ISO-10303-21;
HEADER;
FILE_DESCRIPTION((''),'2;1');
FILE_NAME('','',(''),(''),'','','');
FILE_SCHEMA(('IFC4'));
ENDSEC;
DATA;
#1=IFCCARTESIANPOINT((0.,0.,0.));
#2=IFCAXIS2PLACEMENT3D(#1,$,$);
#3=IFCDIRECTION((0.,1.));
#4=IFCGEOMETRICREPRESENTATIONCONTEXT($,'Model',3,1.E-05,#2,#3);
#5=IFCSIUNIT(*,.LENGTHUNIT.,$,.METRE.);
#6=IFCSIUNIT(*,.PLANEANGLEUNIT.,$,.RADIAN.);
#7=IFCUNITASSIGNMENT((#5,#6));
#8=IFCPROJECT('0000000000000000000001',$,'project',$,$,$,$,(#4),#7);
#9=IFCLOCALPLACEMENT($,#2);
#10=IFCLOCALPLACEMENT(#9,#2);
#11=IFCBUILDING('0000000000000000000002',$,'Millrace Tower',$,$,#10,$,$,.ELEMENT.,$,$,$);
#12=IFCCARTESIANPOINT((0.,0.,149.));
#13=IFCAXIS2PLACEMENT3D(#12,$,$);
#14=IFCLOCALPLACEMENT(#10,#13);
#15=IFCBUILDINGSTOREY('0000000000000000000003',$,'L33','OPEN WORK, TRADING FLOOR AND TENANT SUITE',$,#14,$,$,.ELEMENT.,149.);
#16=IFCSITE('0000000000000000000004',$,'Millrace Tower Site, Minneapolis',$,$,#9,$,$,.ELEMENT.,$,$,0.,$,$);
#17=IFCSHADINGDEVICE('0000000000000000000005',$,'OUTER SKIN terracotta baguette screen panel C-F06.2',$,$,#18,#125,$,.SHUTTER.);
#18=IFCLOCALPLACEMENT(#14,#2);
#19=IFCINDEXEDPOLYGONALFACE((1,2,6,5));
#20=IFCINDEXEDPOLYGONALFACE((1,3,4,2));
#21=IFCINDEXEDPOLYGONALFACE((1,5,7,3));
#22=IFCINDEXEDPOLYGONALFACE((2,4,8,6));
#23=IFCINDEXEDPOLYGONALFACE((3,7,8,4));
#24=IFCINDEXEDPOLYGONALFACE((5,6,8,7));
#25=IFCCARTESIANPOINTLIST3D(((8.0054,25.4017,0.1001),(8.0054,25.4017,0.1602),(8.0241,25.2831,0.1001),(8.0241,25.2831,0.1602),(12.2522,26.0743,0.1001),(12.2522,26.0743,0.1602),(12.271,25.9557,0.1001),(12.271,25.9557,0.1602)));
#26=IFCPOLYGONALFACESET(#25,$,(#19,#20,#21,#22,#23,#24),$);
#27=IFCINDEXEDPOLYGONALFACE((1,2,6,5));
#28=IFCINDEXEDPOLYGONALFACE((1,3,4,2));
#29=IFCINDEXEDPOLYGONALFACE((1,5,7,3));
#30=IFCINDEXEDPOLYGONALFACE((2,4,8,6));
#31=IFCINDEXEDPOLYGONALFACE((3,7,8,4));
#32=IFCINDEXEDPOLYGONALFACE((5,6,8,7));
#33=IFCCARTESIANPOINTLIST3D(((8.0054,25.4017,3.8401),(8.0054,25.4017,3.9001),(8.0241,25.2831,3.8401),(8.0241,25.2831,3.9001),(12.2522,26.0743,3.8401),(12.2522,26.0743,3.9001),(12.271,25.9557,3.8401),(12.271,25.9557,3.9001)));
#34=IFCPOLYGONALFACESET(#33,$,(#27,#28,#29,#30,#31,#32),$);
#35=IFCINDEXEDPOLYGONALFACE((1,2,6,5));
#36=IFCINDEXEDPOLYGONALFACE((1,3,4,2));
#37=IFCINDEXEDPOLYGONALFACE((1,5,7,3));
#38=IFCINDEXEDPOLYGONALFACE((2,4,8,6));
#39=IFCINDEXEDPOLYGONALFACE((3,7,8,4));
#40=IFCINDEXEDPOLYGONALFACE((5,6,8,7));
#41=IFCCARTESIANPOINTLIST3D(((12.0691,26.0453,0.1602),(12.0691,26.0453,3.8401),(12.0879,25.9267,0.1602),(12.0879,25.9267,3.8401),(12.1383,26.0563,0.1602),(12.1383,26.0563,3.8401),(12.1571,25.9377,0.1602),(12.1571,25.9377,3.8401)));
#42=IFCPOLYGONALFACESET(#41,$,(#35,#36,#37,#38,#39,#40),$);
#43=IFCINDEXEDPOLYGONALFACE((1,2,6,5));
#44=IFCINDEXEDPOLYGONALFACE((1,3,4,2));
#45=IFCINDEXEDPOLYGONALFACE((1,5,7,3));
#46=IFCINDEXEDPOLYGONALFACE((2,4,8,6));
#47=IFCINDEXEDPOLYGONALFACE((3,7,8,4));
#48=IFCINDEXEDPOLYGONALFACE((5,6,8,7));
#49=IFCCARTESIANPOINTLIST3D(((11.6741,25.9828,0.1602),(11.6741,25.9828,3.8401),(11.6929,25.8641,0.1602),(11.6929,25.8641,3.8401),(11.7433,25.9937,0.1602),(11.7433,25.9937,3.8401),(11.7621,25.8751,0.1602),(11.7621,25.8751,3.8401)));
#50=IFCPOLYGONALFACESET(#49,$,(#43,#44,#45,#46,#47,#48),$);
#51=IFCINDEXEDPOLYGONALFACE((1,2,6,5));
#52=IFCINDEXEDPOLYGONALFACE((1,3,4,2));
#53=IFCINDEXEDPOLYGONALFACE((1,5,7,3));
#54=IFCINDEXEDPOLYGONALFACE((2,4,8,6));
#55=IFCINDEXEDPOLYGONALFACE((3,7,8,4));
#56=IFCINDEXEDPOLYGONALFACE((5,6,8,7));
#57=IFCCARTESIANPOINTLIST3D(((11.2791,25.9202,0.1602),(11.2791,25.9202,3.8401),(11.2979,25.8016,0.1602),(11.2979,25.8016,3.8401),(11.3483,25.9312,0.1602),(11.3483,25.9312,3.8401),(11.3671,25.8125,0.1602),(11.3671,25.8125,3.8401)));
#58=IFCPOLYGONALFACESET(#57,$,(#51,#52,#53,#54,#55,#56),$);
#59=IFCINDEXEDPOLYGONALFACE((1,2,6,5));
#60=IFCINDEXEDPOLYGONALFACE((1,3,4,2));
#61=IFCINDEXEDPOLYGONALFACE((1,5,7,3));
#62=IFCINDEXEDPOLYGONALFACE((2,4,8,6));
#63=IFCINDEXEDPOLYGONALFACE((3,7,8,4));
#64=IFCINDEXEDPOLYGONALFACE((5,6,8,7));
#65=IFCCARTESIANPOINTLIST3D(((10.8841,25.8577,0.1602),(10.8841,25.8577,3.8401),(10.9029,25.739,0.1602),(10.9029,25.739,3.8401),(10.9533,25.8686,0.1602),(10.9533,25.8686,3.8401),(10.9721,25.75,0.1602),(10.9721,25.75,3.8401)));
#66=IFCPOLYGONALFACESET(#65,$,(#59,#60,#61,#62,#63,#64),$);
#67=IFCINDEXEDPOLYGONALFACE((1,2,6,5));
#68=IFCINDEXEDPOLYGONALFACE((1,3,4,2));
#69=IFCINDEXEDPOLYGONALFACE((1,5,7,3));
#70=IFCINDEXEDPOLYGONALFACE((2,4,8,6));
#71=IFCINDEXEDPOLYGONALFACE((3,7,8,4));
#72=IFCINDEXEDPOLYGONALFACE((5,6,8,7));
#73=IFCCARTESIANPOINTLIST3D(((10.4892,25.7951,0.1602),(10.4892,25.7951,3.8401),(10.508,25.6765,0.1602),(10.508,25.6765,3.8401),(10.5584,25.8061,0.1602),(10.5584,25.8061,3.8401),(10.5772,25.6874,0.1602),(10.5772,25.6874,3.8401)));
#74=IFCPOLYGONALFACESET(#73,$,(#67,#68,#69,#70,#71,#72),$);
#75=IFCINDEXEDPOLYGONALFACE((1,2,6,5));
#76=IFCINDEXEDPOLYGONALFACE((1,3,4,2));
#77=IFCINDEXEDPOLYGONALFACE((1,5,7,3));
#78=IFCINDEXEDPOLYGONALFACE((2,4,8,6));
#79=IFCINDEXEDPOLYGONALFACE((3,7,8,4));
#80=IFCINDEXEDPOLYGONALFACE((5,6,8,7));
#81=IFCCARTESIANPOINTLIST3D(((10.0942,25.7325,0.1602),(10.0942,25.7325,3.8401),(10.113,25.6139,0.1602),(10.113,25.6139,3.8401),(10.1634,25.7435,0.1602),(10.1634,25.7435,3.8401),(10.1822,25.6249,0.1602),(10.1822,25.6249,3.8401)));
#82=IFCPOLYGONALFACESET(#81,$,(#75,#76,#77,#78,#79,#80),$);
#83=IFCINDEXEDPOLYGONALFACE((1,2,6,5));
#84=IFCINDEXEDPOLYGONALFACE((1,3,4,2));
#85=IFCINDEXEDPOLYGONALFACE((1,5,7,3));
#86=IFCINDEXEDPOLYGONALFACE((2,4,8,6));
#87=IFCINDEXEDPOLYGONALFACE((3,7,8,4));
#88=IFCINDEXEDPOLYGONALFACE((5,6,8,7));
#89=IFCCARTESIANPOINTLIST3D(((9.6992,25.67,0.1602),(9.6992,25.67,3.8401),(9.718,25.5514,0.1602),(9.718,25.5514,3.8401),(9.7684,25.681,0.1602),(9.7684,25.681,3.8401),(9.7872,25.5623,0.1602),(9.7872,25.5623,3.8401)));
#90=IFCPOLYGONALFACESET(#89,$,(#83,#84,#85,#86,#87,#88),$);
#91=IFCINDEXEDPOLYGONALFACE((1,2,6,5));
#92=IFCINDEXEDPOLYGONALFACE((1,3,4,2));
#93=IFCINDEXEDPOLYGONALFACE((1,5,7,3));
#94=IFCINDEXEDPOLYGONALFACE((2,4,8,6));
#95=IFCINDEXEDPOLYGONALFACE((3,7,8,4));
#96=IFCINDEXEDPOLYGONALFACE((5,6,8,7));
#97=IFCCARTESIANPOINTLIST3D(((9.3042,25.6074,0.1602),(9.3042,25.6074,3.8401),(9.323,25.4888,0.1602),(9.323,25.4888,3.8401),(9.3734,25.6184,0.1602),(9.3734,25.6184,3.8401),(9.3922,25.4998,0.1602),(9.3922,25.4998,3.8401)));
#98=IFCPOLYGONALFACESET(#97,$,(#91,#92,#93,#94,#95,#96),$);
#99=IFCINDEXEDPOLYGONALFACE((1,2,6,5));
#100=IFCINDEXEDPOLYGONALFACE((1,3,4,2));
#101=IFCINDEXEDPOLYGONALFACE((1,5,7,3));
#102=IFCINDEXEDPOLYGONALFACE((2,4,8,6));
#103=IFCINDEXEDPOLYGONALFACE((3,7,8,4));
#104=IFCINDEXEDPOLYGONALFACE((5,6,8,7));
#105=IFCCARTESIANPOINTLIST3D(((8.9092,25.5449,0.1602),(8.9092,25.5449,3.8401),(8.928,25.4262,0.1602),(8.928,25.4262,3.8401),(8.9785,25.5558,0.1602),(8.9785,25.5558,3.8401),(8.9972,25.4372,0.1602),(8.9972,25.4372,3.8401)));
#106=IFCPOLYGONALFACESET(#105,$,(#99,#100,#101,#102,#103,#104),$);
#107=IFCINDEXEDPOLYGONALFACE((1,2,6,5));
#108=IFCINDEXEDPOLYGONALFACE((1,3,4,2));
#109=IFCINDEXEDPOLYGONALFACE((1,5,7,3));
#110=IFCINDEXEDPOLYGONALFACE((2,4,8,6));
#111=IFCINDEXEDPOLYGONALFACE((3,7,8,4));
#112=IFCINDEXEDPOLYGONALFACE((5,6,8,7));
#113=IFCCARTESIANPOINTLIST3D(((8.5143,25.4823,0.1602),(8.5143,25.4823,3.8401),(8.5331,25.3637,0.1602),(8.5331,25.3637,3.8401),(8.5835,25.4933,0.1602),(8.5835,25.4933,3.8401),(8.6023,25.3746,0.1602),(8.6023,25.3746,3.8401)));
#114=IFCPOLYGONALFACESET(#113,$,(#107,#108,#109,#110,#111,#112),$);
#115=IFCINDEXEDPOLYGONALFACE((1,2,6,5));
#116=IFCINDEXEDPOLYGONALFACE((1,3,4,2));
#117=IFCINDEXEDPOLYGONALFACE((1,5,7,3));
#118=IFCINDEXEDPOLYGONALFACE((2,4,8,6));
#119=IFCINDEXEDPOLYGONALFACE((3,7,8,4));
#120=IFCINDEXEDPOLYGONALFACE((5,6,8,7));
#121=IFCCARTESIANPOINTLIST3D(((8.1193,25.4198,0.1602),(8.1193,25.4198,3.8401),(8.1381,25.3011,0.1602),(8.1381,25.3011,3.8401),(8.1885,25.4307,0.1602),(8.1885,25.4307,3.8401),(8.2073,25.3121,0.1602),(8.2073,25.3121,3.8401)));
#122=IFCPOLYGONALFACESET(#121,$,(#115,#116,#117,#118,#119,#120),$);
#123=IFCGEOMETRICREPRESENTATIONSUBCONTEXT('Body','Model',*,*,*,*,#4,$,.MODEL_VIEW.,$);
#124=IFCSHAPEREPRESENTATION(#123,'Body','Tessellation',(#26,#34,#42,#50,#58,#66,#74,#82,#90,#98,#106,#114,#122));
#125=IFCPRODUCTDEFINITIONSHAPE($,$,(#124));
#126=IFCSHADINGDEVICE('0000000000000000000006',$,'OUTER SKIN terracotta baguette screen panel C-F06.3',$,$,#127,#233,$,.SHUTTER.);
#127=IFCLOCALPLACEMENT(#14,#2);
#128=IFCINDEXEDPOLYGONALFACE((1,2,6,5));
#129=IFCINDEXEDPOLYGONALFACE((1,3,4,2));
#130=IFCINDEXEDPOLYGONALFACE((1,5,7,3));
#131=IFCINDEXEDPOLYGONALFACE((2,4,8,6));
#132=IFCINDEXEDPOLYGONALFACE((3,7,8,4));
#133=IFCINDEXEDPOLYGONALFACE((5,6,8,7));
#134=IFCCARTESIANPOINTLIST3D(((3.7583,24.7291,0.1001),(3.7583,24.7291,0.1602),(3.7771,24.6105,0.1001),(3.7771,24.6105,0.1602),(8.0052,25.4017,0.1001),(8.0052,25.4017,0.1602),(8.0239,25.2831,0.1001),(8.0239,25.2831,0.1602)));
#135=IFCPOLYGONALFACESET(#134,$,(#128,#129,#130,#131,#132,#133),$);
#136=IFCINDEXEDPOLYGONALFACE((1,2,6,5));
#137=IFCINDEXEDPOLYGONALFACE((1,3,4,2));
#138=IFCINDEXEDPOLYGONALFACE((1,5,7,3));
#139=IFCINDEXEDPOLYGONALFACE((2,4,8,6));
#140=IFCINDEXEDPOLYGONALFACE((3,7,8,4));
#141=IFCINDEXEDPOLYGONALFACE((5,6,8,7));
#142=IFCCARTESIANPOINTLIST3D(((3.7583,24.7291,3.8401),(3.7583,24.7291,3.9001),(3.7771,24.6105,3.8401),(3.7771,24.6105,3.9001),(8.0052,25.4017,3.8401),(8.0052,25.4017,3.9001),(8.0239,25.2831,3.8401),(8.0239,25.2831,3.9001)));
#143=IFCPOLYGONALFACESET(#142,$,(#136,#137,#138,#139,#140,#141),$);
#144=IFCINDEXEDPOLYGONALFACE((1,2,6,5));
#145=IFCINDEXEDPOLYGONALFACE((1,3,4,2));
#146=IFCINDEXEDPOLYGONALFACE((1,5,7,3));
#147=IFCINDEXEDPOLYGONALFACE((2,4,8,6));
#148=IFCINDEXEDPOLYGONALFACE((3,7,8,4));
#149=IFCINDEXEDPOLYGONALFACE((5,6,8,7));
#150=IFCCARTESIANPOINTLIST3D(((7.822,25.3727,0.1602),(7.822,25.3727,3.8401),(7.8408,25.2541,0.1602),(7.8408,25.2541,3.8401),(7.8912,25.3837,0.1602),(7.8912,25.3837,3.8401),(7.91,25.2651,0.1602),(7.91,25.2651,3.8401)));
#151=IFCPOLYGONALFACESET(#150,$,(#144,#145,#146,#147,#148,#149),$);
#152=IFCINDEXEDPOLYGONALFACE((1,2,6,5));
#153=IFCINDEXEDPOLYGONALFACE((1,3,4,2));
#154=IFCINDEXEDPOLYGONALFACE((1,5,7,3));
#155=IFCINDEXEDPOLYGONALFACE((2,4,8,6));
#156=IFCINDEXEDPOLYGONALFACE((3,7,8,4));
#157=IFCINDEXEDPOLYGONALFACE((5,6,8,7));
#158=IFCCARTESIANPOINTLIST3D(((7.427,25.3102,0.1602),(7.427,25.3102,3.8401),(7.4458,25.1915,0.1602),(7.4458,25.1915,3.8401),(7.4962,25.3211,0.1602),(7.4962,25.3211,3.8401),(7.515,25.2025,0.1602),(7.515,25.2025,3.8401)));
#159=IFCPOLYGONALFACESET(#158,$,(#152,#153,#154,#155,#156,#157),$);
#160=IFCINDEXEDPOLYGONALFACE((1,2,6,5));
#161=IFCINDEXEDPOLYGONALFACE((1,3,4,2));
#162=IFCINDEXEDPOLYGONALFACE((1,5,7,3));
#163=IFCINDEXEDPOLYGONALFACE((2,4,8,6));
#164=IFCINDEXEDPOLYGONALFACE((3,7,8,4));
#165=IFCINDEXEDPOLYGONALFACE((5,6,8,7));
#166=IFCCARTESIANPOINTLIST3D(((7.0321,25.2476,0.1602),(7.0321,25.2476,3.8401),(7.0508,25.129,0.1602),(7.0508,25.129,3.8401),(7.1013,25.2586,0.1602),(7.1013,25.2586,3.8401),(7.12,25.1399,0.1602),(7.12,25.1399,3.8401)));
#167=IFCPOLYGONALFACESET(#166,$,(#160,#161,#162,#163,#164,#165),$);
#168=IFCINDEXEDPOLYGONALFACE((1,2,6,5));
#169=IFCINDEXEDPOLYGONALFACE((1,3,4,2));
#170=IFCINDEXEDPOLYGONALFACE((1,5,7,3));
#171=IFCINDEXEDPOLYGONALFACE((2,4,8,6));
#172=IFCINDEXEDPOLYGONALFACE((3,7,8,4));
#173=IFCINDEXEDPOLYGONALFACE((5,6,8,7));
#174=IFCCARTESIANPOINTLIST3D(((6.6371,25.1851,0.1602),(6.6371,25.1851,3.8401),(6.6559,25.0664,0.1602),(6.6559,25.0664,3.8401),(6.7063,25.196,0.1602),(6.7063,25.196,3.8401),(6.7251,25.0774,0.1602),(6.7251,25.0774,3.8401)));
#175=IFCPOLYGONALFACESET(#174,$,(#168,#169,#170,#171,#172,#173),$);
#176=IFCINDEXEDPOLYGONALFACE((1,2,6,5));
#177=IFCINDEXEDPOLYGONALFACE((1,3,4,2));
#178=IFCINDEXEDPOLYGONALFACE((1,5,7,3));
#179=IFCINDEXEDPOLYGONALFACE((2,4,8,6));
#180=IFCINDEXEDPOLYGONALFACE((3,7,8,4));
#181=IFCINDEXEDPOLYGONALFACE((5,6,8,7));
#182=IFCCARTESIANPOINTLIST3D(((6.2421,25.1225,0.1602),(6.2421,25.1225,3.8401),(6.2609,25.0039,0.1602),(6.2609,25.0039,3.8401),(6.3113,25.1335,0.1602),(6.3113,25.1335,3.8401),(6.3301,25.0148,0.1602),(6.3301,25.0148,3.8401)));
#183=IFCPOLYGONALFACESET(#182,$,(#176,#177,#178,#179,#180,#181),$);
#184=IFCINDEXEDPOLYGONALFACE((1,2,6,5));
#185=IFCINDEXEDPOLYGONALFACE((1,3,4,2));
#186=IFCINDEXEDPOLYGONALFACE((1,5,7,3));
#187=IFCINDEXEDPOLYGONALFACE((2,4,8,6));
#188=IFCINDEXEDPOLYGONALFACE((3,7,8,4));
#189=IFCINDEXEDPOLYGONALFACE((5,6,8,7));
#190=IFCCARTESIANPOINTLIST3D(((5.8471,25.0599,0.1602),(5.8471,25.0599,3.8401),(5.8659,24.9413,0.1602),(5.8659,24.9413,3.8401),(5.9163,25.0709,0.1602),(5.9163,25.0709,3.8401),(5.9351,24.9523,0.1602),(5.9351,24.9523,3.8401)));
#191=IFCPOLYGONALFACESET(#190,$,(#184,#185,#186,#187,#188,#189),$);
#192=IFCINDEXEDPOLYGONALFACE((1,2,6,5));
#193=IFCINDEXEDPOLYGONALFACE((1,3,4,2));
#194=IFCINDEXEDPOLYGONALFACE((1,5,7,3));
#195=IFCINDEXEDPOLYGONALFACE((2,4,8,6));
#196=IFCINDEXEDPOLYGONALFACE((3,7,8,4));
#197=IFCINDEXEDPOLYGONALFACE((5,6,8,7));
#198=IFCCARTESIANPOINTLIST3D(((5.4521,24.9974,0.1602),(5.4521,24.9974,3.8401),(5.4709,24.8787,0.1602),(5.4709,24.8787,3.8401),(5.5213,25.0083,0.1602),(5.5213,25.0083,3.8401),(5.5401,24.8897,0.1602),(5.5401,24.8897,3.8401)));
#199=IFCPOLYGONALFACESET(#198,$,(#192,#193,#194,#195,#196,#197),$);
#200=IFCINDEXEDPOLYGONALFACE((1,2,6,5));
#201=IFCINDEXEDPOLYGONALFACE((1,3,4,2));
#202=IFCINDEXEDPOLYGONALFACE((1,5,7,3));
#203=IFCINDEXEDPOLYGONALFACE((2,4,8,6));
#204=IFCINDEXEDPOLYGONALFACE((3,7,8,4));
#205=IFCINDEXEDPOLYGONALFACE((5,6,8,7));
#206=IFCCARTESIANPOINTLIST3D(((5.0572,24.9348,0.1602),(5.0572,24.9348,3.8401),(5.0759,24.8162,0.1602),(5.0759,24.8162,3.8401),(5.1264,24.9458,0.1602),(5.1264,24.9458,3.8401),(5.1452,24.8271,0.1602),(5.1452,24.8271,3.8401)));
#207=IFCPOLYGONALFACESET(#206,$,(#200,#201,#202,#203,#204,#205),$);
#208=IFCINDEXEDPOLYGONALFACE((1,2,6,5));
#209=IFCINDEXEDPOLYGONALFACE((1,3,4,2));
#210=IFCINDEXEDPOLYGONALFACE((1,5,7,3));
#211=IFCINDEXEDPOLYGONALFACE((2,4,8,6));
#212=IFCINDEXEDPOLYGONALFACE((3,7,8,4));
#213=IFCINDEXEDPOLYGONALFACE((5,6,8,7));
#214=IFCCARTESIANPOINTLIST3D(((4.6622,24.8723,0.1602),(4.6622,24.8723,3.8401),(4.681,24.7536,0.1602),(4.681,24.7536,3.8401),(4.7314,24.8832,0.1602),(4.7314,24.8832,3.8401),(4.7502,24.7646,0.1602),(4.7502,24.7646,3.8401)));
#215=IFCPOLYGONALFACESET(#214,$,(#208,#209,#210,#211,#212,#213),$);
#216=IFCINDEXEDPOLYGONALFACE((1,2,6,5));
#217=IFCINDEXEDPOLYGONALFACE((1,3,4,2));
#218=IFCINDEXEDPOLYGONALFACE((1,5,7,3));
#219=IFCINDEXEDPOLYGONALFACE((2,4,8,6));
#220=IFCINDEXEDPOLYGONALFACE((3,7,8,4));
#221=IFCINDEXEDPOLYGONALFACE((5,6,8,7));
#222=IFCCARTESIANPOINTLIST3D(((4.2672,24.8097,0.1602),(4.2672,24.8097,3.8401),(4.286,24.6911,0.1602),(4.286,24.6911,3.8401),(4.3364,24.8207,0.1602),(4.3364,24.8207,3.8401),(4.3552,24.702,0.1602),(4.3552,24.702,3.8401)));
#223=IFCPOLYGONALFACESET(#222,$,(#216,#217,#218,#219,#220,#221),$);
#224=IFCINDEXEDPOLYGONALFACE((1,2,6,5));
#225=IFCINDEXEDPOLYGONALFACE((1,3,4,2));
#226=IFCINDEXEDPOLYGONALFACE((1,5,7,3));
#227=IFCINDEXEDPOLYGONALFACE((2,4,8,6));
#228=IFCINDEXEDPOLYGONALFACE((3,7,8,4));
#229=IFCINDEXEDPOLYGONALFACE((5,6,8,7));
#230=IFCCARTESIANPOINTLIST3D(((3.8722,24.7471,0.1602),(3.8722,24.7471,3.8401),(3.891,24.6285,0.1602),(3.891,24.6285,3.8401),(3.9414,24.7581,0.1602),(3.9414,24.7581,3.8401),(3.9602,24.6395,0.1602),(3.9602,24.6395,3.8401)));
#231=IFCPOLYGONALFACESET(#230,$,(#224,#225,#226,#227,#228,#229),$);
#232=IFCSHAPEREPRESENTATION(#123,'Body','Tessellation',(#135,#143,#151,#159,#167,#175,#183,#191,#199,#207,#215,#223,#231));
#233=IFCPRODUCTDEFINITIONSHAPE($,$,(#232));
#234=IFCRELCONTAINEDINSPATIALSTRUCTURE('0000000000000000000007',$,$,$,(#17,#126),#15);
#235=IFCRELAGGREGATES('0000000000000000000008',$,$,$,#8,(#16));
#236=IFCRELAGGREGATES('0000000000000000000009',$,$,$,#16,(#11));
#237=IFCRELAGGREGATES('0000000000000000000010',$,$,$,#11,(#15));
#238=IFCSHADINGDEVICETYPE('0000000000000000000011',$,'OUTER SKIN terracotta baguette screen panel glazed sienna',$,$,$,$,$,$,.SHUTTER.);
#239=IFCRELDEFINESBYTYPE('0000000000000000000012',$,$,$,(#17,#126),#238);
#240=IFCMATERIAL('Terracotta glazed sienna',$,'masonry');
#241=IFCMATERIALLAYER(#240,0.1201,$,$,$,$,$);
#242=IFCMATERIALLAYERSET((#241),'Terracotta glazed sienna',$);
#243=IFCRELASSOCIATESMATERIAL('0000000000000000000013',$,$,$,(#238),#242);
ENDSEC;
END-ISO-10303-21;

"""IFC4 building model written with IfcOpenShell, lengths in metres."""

from ifc_helpers import new_model, entity, si_unit, direction, frame, frame_2d, origin, origin_2d, place, context, subcontext, project, spatial, rectangle, extrude, source, transform, mapped, material, layer, layer_set, type_object, element, save


model = new_model("IFC4")

# Units and contexts
model_context = context("Model", 3, precision=1e-05, world=origin(), true_north=direction((0.0, 1.0)))
body_context = subcontext(model_context, "Body", "Model", "MODEL_VIEW")
ifc_project = project(units=[si_unit("LENGTHUNIT", "METRE"), si_unit("PLANEANGLEUNIT", "RADIAN")], contexts=[model_context])

# Site, building, storey
site_placement = place(None, origin())
site = spatial("IfcSite", under=ifc_project, at=site_placement, Name="Millrace Tower Site, Minneapolis", CompositionType="ELEMENT", RefElevation=0.0)
building_placement = place(site_placement, origin())
building = spatial("IfcBuilding", under=site, at=building_placement, Name="Millrace Tower", CompositionType="ELEMENT")
storey_placement = place(building_placement, frame((0.0, 0.0, 149.0)))
storey = spatial("IfcBuildingStorey", under=building, at=storey_placement, Name="L33", Description="OPEN WORK, TRADING FLOOR AND TENANT SUITE", CompositionType="ELEMENT", Elevation=149.0)

# Shading devices
ifc_material_1 = material(Name="Terracotta glazed sienna", Category="masonry")
ifc_layer_1 = layer(ifc_material_1, 0.1201)
ifc_layer_set_1 = layer_set([ifc_layer_1], Name="Terracotta glazed sienna")
shading_device_type = type_object("IfcShadingDeviceType", Name="OUTER SKIN terracotta baguette screen panel glazed sienna", PredefinedType="SHUTTER", material=ifc_layer_set_1)
cartesian_point_1 = entity("IfcCartesianPoint", [-2.1499, 0.0601])
shared_polyline_1 = entity("IfcPolyline", [cartesian_point_1, entity("IfcCartesianPoint", [2.1499, 0.0601]), entity("IfcCartesianPoint", [2.1499, -0.0601]), entity("IfcCartesianPoint", [-2.1499, -0.0601]), cartesian_point_1])
shared_shape_1 = source(origin(), body_context, "Body", "SweptSolid", [
    entity("IfcExtrudedAreaSolid", entity("IfcArbitraryClosedProfileDef", "AREA", None, shared_polyline_1), entity("IfcAxis2Placement3D", entity("IfcCartesianPoint", [0.0, 0.0, 0.0])), entity("IfcDirection", [0.0, 0.0, 1.0]), 0.0601),
    entity("IfcExtrudedAreaSolid", entity("IfcArbitraryClosedProfileDef", "AREA", None, shared_polyline_1), entity("IfcAxis2Placement3D", entity("IfcCartesianPoint", [0.0, 0.0, 3.74])), entity("IfcDirection", [0.0, 0.0, 1.0]), 0.0601),
    extrude(rectangle(XDim=0.0701, YDim=0.1201, at=frame_2d((-1.9995, 0.0))), frame((0.0, 0.0, 0.0601)), (0.0, 0.0, 1.0), 3.6799),
    extrude(rectangle(XDim=0.0701, YDim=0.1201, at=frame_2d((-1.5996, 0.0))), frame((0.0, 0.0, 0.0601)), (0.0, 0.0, 1.0), 3.6799),
    extrude(rectangle(XDim=0.0701, YDim=0.1201, at=frame_2d((-1.1997, 0.0))), frame((0.0, 0.0, 0.0601)), (0.0, 0.0, 1.0), 3.6799),
    extrude(rectangle(XDim=0.0701, YDim=0.1201, at=frame_2d((-0.7998, 0.0))), frame((0.0, 0.0, 0.0601)), (0.0, 0.0, 1.0), 3.6799),
    extrude(rectangle(XDim=0.0701, YDim=0.1201, at=frame_2d((-0.3999, 0.0))), frame((0.0, 0.0, 0.0601)), (0.0, 0.0, 1.0), 3.6799),
    extrude(rectangle(XDim=0.0701, YDim=0.1201, at=origin_2d()), frame((0.0, 0.0, 0.0601)), (0.0, 0.0, 1.0), 3.6799),
    extrude(rectangle(XDim=0.0701, YDim=0.1201, at=frame_2d((0.3999, 0.0))), frame((0.0, 0.0, 0.0601)), (0.0, 0.0, 1.0), 3.6799),
    extrude(rectangle(XDim=0.0701, YDim=0.1201, at=frame_2d((0.7998, 0.0))), frame((0.0, 0.0, 0.0601)), (0.0, 0.0, 1.0), 3.6799),
    extrude(rectangle(XDim=0.0701, YDim=0.1201, at=frame_2d((1.1997, 0.0))), frame((0.0, 0.0, 0.0601)), (0.0, 0.0, 1.0), 3.6799),
    extrude(rectangle(XDim=0.0701, YDim=0.1201, at=frame_2d((1.5996, 0.0))), frame((0.0, 0.0, 0.0601)), (0.0, 0.0, 1.0), 3.6799),
    extrude(rectangle(XDim=0.0701, YDim=0.1201, at=frame_2d((1.9995, 0.0))), frame((0.0, 0.0, 0.0601)), (0.0, 0.0, 1.0), 3.6799),
])
for number, where, z_axis, x_axis, name in (
    (1, (10.1382, 25.6787, 0.1001), (0.0, 0.0, 1.0), (-0.987688, -0.156434, 0.0), "OUTER SKIN terracotta baguette screen panel C-F06.2"),
    (2, (5.8911, 25.0061, 0.1001), (0.0, 0.0, 1.0), (-0.987688, -0.156434, 0.0), "OUTER SKIN terracotta baguette screen panel C-F06.3"),
):
    element("IfcShadingDevice", number, at=place(storey_placement, frame(where, z_axis=z_axis, x_axis=x_axis)), inside=storey, type_object=shading_device_type, Name=name, PredefinedType="SHUTTER", context=body_context, shape_type="MappedRepresentation", body=[
        mapped(shared_shape_1, transform((0.0, 0.0, 0.0), scale=1.0)),
    ])

save(model, "model.ifc")
